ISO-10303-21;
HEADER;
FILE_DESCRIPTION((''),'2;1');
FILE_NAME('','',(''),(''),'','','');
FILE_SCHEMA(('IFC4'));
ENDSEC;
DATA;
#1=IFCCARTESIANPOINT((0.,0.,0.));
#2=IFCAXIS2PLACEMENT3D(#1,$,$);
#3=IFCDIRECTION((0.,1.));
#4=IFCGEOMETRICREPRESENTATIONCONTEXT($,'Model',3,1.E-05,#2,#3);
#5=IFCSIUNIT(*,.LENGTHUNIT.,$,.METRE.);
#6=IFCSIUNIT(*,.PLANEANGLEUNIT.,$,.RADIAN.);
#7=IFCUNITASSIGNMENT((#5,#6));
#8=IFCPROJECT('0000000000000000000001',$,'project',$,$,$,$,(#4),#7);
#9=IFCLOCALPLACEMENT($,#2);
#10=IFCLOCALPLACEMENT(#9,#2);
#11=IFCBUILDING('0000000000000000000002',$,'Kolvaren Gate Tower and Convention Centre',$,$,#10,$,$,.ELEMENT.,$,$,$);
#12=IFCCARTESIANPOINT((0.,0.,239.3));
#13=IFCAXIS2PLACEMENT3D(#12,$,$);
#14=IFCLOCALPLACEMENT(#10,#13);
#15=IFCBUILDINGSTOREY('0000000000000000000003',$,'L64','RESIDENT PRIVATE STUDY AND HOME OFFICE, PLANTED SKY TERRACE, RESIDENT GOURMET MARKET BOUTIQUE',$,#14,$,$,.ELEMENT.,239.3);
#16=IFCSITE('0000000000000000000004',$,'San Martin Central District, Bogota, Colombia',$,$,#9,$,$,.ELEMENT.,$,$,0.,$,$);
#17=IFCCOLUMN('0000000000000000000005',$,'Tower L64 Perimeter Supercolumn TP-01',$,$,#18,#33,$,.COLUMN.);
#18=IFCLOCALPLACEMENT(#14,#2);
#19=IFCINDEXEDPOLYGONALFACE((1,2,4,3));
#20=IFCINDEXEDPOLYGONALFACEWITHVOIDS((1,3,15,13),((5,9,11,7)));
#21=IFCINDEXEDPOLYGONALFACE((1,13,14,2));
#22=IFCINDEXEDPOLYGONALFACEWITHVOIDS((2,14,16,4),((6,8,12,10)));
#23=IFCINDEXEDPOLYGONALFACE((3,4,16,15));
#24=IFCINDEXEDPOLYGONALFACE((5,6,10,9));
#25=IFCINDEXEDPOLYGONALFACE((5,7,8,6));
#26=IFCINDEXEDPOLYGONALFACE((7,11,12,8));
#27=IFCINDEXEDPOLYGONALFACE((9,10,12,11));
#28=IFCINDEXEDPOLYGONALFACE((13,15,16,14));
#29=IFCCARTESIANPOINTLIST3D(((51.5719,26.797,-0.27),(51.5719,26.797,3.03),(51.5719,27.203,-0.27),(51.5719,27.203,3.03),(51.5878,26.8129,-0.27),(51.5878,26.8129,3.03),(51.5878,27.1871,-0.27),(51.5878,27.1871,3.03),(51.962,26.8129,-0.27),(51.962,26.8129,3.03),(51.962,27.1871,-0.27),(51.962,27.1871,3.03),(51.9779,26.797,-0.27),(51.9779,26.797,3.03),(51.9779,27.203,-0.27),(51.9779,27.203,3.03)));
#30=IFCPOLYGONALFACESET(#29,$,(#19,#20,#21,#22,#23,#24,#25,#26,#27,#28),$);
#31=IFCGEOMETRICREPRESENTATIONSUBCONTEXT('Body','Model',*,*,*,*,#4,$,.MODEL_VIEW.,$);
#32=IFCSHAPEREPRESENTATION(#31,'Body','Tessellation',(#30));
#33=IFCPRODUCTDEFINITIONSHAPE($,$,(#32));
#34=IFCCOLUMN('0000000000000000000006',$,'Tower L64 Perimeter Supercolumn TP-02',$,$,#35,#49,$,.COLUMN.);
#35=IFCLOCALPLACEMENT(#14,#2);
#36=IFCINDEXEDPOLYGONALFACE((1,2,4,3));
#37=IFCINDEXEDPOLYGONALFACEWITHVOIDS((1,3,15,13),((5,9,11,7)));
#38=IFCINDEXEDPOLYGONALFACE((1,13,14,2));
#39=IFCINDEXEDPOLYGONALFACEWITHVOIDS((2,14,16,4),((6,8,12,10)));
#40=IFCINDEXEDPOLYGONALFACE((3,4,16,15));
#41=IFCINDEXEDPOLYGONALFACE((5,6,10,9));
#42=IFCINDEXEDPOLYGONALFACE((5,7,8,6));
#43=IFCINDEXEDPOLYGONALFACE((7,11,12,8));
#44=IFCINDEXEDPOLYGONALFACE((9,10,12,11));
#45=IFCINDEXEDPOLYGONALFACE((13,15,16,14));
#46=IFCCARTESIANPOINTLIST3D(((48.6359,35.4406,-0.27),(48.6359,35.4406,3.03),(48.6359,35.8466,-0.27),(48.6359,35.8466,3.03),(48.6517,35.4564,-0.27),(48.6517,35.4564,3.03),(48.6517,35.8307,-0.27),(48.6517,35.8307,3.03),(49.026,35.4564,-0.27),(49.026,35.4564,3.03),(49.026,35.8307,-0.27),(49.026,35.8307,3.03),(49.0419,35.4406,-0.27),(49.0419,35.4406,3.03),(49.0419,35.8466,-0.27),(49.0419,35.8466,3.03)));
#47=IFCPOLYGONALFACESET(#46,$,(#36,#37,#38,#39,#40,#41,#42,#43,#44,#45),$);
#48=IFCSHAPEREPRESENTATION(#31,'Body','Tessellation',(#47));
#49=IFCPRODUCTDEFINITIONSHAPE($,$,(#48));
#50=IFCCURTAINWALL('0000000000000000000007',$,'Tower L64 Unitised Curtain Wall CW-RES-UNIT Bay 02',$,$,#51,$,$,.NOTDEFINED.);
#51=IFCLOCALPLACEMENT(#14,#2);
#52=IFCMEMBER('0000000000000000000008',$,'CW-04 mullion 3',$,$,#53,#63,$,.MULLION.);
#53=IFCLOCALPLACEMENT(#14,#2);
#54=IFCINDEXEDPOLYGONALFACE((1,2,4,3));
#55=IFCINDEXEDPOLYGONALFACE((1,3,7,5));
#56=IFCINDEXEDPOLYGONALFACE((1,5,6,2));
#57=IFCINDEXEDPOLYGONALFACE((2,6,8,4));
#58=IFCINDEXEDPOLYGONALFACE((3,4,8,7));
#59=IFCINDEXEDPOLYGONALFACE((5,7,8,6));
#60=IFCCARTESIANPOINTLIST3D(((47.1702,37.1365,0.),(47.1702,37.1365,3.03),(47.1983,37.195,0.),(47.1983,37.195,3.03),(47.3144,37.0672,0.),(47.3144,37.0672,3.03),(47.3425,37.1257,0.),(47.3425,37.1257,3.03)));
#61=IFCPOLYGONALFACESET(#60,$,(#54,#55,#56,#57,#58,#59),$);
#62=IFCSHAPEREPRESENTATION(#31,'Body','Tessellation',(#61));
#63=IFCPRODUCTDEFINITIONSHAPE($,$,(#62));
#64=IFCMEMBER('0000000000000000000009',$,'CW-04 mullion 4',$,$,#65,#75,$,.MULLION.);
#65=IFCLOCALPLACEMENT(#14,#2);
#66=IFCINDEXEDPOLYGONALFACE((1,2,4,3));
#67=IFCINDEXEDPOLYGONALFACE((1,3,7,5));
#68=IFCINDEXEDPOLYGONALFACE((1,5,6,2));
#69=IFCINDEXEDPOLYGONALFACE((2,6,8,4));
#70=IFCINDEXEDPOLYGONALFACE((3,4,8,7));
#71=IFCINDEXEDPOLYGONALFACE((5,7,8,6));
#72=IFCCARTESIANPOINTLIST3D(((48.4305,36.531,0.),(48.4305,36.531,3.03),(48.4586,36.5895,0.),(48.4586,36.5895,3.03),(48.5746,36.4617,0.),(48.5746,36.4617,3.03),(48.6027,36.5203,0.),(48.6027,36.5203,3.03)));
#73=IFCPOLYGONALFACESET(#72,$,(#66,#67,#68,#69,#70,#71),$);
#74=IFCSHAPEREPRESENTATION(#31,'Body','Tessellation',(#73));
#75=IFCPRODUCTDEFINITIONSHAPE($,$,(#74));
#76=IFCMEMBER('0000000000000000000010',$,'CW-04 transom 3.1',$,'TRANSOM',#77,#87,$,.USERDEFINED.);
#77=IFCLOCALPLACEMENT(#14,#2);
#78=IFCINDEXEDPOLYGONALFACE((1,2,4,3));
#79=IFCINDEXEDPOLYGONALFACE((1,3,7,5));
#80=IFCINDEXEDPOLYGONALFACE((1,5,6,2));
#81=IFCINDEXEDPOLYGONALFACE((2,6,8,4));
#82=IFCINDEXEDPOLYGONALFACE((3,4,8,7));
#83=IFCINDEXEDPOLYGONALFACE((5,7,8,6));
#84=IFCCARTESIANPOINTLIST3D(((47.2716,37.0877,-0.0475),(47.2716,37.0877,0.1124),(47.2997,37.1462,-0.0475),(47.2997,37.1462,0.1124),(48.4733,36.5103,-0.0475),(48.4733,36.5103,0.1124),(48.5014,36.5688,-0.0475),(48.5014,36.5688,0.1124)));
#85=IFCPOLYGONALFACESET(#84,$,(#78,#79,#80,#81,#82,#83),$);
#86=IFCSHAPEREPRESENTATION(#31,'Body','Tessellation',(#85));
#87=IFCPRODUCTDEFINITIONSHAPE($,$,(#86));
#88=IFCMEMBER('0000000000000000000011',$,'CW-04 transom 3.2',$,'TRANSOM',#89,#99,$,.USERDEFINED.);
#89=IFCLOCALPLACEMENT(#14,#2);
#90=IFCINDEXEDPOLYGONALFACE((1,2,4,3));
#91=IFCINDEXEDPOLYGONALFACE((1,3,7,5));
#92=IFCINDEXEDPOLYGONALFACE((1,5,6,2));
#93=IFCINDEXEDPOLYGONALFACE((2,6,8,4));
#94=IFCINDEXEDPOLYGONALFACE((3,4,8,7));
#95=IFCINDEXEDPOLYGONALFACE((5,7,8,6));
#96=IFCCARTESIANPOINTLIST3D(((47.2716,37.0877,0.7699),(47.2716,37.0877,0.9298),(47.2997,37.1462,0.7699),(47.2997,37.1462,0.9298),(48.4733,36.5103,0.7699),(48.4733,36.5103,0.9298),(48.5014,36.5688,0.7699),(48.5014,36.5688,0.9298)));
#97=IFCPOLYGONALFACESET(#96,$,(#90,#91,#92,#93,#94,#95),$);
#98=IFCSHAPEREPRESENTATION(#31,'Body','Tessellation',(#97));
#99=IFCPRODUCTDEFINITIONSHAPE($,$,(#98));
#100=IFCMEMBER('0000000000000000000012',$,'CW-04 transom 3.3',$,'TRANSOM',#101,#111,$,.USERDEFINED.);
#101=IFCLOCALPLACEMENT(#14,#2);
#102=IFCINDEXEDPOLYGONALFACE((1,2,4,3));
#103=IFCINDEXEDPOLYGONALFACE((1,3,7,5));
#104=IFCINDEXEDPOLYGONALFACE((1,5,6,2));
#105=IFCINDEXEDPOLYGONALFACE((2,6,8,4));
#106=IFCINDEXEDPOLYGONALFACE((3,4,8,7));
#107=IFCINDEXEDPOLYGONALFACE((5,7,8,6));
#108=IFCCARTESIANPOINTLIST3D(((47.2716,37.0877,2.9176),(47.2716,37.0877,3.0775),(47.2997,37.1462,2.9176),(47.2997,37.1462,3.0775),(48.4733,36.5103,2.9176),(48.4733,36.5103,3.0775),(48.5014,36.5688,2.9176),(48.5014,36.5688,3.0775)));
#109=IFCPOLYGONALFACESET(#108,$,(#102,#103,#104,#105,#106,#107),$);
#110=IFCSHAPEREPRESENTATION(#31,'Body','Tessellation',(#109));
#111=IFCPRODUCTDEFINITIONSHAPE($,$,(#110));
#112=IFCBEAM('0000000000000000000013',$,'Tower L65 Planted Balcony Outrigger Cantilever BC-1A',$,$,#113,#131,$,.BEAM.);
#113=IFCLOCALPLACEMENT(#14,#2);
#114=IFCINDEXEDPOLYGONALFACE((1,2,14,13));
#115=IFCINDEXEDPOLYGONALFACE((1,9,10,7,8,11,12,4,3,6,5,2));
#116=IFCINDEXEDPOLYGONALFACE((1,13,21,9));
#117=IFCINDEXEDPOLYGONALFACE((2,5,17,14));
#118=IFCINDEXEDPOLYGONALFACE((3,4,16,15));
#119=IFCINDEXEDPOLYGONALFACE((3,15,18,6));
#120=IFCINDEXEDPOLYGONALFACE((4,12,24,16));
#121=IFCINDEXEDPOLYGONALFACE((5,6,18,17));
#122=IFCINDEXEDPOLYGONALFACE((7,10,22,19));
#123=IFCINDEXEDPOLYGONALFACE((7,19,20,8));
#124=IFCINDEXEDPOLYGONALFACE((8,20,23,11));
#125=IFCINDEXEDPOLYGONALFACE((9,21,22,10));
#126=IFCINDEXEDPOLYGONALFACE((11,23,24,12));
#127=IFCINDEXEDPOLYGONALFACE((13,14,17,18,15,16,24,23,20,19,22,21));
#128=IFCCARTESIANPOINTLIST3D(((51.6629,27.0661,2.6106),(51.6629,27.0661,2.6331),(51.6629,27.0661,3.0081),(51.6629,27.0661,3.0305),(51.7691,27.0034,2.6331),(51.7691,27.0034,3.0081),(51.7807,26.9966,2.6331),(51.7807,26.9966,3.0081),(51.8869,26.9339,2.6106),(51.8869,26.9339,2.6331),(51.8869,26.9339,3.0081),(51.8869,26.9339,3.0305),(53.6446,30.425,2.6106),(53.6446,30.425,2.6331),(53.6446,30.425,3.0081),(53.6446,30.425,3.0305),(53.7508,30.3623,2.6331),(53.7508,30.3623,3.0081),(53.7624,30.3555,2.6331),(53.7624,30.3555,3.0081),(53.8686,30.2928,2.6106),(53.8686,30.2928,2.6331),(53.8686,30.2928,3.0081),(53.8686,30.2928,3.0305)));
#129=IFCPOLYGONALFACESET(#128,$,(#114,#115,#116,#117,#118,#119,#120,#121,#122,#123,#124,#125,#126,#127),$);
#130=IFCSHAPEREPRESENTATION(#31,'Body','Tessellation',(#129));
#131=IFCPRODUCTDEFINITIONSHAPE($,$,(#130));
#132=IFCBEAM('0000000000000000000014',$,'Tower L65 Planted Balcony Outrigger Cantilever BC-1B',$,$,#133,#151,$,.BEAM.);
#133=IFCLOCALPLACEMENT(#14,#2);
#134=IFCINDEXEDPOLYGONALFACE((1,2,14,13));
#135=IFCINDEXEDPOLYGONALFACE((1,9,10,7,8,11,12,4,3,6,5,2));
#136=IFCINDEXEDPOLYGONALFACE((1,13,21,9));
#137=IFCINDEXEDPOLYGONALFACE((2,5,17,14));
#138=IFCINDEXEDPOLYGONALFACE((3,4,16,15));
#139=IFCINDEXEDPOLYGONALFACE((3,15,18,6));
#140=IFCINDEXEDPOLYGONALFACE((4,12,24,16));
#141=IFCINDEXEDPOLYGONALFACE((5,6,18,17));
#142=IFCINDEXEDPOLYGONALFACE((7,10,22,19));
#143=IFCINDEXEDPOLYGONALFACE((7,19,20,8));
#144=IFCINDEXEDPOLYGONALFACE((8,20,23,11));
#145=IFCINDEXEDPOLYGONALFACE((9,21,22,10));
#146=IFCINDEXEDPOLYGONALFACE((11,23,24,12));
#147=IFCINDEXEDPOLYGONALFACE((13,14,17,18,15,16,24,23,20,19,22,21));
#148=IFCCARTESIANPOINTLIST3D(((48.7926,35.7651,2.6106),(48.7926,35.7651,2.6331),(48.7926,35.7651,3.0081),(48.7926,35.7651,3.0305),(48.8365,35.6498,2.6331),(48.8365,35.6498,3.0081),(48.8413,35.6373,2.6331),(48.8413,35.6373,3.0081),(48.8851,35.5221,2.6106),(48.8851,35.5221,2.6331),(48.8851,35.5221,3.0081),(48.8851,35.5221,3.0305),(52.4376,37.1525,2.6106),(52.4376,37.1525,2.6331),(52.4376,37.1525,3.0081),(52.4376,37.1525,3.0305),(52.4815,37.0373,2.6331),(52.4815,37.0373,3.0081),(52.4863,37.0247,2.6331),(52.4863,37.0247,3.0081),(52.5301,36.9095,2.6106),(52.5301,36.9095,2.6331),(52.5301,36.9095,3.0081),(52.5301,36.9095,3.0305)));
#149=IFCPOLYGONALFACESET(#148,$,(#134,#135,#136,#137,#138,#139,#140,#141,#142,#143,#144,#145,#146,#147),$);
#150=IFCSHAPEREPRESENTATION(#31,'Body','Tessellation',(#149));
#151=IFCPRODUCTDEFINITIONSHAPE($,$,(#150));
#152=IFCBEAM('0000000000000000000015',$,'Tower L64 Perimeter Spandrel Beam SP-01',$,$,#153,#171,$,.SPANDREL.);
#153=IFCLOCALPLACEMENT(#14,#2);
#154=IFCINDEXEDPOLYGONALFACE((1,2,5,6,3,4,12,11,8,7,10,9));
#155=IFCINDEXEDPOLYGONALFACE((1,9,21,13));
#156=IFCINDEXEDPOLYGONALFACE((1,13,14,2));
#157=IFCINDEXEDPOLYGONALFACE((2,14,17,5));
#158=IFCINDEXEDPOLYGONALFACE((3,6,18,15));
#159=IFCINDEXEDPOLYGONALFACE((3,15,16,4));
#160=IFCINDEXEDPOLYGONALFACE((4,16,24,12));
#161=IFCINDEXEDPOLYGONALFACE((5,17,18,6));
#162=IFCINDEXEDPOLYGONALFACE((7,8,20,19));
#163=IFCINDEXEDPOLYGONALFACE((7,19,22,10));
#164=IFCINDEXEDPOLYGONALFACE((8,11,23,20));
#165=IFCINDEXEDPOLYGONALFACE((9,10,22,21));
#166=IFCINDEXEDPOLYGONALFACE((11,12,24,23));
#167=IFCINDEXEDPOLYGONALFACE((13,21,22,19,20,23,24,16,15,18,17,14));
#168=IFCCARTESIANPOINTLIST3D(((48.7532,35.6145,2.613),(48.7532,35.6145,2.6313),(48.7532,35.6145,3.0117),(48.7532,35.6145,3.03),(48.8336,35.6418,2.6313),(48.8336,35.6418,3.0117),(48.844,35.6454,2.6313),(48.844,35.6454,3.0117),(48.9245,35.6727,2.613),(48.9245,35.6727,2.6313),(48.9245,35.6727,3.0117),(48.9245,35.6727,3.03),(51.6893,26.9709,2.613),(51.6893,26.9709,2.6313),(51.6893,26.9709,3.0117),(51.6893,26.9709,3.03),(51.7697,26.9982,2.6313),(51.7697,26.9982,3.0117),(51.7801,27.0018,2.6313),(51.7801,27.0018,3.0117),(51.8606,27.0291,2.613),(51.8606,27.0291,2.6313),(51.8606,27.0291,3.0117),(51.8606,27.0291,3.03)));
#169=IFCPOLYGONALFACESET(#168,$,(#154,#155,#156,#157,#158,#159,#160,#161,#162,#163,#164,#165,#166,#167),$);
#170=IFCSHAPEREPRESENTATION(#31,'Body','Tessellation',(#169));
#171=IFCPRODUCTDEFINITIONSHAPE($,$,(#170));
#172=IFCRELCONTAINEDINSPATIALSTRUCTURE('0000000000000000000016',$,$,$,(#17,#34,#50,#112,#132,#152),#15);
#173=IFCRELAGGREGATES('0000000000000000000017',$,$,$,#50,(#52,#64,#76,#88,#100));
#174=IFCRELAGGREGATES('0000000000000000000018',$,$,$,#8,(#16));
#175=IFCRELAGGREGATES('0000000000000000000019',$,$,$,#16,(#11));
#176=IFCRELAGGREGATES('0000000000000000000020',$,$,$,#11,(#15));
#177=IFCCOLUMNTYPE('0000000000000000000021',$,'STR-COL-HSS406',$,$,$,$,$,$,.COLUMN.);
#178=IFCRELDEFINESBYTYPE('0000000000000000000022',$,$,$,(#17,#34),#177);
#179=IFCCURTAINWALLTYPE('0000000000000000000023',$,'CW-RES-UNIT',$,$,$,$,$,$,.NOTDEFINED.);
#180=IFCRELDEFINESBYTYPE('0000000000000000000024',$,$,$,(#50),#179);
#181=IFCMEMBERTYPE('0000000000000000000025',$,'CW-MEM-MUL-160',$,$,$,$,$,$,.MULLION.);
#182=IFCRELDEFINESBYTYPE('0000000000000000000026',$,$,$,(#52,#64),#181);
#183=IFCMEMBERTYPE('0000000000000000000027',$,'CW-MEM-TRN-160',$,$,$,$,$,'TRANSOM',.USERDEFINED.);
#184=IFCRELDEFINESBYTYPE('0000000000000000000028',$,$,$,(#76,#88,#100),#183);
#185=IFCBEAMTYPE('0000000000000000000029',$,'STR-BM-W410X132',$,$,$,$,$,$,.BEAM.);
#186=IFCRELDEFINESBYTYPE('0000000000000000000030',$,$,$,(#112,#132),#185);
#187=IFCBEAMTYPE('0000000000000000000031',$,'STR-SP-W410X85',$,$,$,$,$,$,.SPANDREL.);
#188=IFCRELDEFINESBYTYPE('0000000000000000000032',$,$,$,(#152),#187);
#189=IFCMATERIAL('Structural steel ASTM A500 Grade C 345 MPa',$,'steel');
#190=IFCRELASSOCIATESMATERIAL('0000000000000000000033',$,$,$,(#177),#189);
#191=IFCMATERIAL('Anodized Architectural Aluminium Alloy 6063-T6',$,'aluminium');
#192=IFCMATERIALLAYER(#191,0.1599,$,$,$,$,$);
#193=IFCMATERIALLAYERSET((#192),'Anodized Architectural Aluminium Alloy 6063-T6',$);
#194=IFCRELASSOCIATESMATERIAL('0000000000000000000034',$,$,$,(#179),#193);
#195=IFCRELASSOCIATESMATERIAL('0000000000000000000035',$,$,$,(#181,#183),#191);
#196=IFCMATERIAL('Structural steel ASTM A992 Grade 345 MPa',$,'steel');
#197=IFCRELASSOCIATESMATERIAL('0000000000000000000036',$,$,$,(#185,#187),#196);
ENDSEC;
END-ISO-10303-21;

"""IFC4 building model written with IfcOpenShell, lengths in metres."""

from ifc_helpers import new_model, si_unit, direction, frame, origin, origin_2d, place, context, subcontext, project, spatial, rectangle, hollow_rectangle, i_section, extrude, material, layer, layer_set, material_profile, profile_set, type_object, element, aggregate, save


model = new_model("IFC4")

# Units and contexts
model_context = context("Model", 3, precision=1e-05, world=origin(), true_north=direction((0.0, 1.0)))
body_context = subcontext(model_context, "Body", "Model", "MODEL_VIEW")
ifc_project = project(units=[si_unit("LENGTHUNIT", "METRE"), si_unit("PLANEANGLEUNIT", "RADIAN")], contexts=[model_context])

# Site, building, storey
site_placement = place(None, origin())
site = spatial("IfcSite", under=ifc_project, at=site_placement, Name="San Martin Central District, Bogota, Colombia", CompositionType="ELEMENT", RefElevation=0.0)
building_placement = place(site_placement, origin())
building = spatial("IfcBuilding", under=site, at=building_placement, Name="Kolvaren Gate Tower and Convention Centre", CompositionType="ELEMENT")
storey_placement = place(building_placement, frame((0.0, 0.0, 239.3)))
storey = spatial("IfcBuildingStorey", under=building, at=storey_placement, Name="L64", Description="RESIDENT PRIVATE STUDY AND HOME OFFICE, PLANTED SKY TERRACE, RESIDENT GOURMET MARKET BOUTIQUE", CompositionType="ELEMENT", Elevation=239.3)

# Columns
ifc_material_1 = material(Name="Structural steel ASTM A500 Grade C 345 MPa", Category="steel")
ifc_material_profile_1 = material_profile(ifc_material_1, hollow_rectangle(XDim=0.406, YDim=0.406, WallThickness=0.0159, at=origin_2d()), Name="HSS406X406X15.9")
ifc_profile_set_1 = profile_set([ifc_material_profile_1], Name="Structural steel ASTM A500 Grade C 345 MPa")
column_type = type_object("IfcColumnType", Name="STR-COL-HSS406", PredefinedType="COLUMN", material=ifc_profile_set_1)
for number, where, z_axis, x_axis, name in (
    (1, (51.7749, 27.0, -0.27), (0.0, 0.0, 1.0), (1.0, 0.0, 0.0), "Tower L64 Perimeter Supercolumn TP-01"),
    (2, (48.8389, 35.6436, -0.27), (0.0, 0.0, 1.0), (1.0, 0.0, 0.0), "Tower L64 Perimeter Supercolumn TP-02"),
):
    element("IfcColumn", number, at=place(storey_placement, frame(where, z_axis=z_axis, x_axis=x_axis)), inside=storey, type_object=column_type, Name=name, PredefinedType="COLUMN", context=body_context, shape_type="SweptSolid", body=[
        extrude(hollow_rectangle(XDim=0.406, YDim=0.406, WallThickness=0.0159, at=origin_2d()), origin(), (0.0, 0.0, 1.0), 3.3),
    ])

# Curtain wall, members
ifc_material_2 = material(Name="Anodized Architectural Aluminium Alloy 6063-T6", Category="aluminium")
ifc_layer_1 = layer(ifc_material_2, 0.1599)
ifc_layer_set_1 = layer_set([ifc_layer_1], Name="Anodized Architectural Aluminium Alloy 6063-T6")
curtain_wall_type = type_object("IfcCurtainWallType", Name="CW-RES-UNIT", PredefinedType="NOTDEFINED", material=ifc_layer_set_1)
curtain_wall_placement = place(storey_placement, origin())
curtain_wall = element("IfcCurtainWall", 3, at=curtain_wall_placement, inside=storey, type_object=curtain_wall_type, Name="Tower L64 Unitised Curtain Wall CW-RES-UNIT Bay 02", PredefinedType="NOTDEFINED")
ifc_material_profile_2 = material_profile(ifc_material_2, rectangle(XDim=0.0649, YDim=0.1599, at=origin_2d()), Name="CW-MEM-MUL-160")
ifc_profile_set_2 = profile_set([ifc_material_profile_2], Name="Anodized Architectural Aluminium Alloy 6063-T6")
member_type_1 = type_object("IfcMemberType", Name="CW-MEM-MUL-160", PredefinedType="MULLION", material=ifc_profile_set_2)
member_1_placement = place(storey_placement, frame((47.2563, 37.1311, 0.0), z_axis=(0.0, 0.0, 1.0), x_axis=(0.433086, 0.901353, 0.0)))
member_1 = element("IfcMember", 4, at=member_1_placement, type_object=member_type_1, Name="CW-04 mullion 3", PredefinedType="MULLION", context=body_context, shape_type="SweptSolid", body=[
    extrude(rectangle(XDim=0.0649, YDim=0.1599, at=origin_2d()), origin(), (0.0, 0.0, 1.0), 3.03),
])
member_2_placement = place(storey_placement, frame((48.5166, 36.5256, 0.0), z_axis=(0.0, 0.0, 1.0), x_axis=(0.433086, 0.901353, 0.0)))
member_2 = element("IfcMember", 5, at=member_2_placement, type_object=member_type_1, Name="CW-04 mullion 4", PredefinedType="MULLION", context=body_context, shape_type="SweptSolid", body=[
    extrude(rectangle(XDim=0.0649, YDim=0.1599, at=origin_2d()), origin(), (0.0, 0.0, 1.0), 3.03),
])
ifc_material_profile_3 = material_profile(ifc_material_2, rectangle(XDim=0.0649, YDim=0.1599, at=origin_2d()), Name="CW-MEM-TRN-160")
ifc_profile_set_3 = profile_set([ifc_material_profile_3], Name="Anodized Architectural Aluminium Alloy 6063-T6")
member_type_2 = type_object("IfcMemberType", Name="CW-MEM-TRN-160", ElementType="TRANSOM", PredefinedType="USERDEFINED", material=ifc_profile_set_3)
member_3_placement = place(storey_placement, frame((47.2856, 37.1169, 0.0325), z_axis=(0.901349, -0.433094, 0.0), x_axis=(0.433094, 0.901349, 0.0)))
member_3 = element("IfcMember", 6, at=member_3_placement, type_object=member_type_2, Name="CW-04 transom 3.1", ObjectType="TRANSOM", PredefinedType="USERDEFINED", context=body_context, shape_type="SweptSolid", body=[
    extrude(rectangle(XDim=0.0649, YDim=0.1599, at=origin_2d()), origin(), (0.0, 0.0, 1.0), 1.3333),
])
member_4_placement = place(storey_placement, frame((47.2856, 37.1169, 0.8499), z_axis=(0.901349, -0.433094, 0.0), x_axis=(0.433094, 0.901349, 0.0)))
member_4 = element("IfcMember", 7, at=member_4_placement, type_object=member_type_2, Name="CW-04 transom 3.2", ObjectType="TRANSOM", PredefinedType="USERDEFINED", context=body_context, shape_type="SweptSolid", body=[
    extrude(rectangle(XDim=0.0649, YDim=0.1599, at=origin_2d()), origin(), (0.0, 0.0, 1.0), 1.3333),
])
member_5_placement = place(storey_placement, frame((47.2856, 37.1169, 2.9976), z_axis=(0.901349, -0.433094, 0.0), x_axis=(0.433094, 0.901349, 0.0)))
member_5 = element("IfcMember", 8, at=member_5_placement, type_object=member_type_2, Name="CW-04 transom 3.3", ObjectType="TRANSOM", PredefinedType="USERDEFINED", context=body_context, shape_type="SweptSolid", body=[
    extrude(rectangle(XDim=0.0649, YDim=0.1599, at=origin_2d()), origin(), (0.0, 0.0, 1.0), 1.3333),
])

# Beams
ifc_material_3 = material(Name="Structural steel ASTM A992 Grade 345 MPa", Category="steel")
ifc_material_profile_4 = material_profile(ifc_material_3, i_section(OverallWidth=0.26, OverallDepth=0.4199, WebThickness=0.0134, FlangeThickness=0.0225, at=origin_2d()), Name="W410X132")
ifc_profile_set_4 = profile_set([ifc_material_profile_4], Name="Structural steel ASTM A992 Grade 345 MPa")
beam_type_1 = type_object("IfcBeamType", Name="STR-BM-W410X132", PredefinedType="BEAM", material=ifc_profile_set_4)
beam_1_placement = place(storey_placement, frame((51.7749, 27.0, 2.8206), z_axis=(0.508139, 0.861275, 0.0), x_axis=(-0.861275, 0.508139, 0.0)))
element("IfcBeam", 9, at=beam_1_placement, inside=storey, type_object=beam_type_1, Name="Tower L65 Planted Balcony Outrigger Cantilever BC-1A", PredefinedType="BEAM", context=body_context, shape_type="SweptSolid", body=[
    extrude(i_section(OverallWidth=0.26, OverallDepth=0.4199, WebThickness=0.0134, FlangeThickness=0.0225, at=origin_2d()), origin(), (0.0, 0.0, 1.0), 3.8999),
])
beam_2_placement = place(storey_placement, frame((48.8389, 35.6436, 2.8206), z_axis=(0.934584, 0.355743, 0.0), x_axis=(-0.355743, 0.934584, 0.0)))
element("IfcBeam", 10, at=beam_2_placement, inside=storey, type_object=beam_type_1, Name="Tower L65 Planted Balcony Outrigger Cantilever BC-1B", PredefinedType="BEAM", context=body_context, shape_type="SweptSolid", body=[
    extrude(i_section(OverallWidth=0.26, OverallDepth=0.4199, WebThickness=0.0134, FlangeThickness=0.0225, at=origin_2d()), origin(), (0.0, 0.0, 1.0), 3.9001),
])
ifc_material_profile_5 = material_profile(ifc_material_3, i_section(OverallWidth=0.1809, OverallDepth=0.417, WebThickness=0.011, FlangeThickness=0.0183, at=origin_2d()), Name="W410X85")
ifc_profile_set_5 = profile_set([ifc_material_profile_5], Name="Structural steel ASTM A992 Grade 345 MPa")
beam_type_2 = type_object("IfcBeamType", Name="STR-SP-W410X85", PredefinedType="SPANDREL", material=ifc_profile_set_5)
beam_3_placement = place(storey_placement, frame((51.7749, 27.0, 2.8215), z_axis=(-0.32163, 0.946865, 0.0), x_axis=(-0.946865, -0.32163, 0.0)))
element("IfcBeam", 11, at=beam_3_placement, inside=storey, type_object=beam_type_2, Name="Tower L64 Perimeter Spandrel Beam SP-01", PredefinedType="SPANDREL", context=body_context, shape_type="SweptSolid", body=[
    extrude(i_section(OverallWidth=0.1809, OverallDepth=0.417, WebThickness=0.011, FlangeThickness=0.0183, at=origin_2d()), origin(), (0.0, 0.0, 1.0), 9.1287),
])

aggregate(curtain_wall, [member_1, member_2, member_3, member_4, member_5])

save(model, "model.ifc")
